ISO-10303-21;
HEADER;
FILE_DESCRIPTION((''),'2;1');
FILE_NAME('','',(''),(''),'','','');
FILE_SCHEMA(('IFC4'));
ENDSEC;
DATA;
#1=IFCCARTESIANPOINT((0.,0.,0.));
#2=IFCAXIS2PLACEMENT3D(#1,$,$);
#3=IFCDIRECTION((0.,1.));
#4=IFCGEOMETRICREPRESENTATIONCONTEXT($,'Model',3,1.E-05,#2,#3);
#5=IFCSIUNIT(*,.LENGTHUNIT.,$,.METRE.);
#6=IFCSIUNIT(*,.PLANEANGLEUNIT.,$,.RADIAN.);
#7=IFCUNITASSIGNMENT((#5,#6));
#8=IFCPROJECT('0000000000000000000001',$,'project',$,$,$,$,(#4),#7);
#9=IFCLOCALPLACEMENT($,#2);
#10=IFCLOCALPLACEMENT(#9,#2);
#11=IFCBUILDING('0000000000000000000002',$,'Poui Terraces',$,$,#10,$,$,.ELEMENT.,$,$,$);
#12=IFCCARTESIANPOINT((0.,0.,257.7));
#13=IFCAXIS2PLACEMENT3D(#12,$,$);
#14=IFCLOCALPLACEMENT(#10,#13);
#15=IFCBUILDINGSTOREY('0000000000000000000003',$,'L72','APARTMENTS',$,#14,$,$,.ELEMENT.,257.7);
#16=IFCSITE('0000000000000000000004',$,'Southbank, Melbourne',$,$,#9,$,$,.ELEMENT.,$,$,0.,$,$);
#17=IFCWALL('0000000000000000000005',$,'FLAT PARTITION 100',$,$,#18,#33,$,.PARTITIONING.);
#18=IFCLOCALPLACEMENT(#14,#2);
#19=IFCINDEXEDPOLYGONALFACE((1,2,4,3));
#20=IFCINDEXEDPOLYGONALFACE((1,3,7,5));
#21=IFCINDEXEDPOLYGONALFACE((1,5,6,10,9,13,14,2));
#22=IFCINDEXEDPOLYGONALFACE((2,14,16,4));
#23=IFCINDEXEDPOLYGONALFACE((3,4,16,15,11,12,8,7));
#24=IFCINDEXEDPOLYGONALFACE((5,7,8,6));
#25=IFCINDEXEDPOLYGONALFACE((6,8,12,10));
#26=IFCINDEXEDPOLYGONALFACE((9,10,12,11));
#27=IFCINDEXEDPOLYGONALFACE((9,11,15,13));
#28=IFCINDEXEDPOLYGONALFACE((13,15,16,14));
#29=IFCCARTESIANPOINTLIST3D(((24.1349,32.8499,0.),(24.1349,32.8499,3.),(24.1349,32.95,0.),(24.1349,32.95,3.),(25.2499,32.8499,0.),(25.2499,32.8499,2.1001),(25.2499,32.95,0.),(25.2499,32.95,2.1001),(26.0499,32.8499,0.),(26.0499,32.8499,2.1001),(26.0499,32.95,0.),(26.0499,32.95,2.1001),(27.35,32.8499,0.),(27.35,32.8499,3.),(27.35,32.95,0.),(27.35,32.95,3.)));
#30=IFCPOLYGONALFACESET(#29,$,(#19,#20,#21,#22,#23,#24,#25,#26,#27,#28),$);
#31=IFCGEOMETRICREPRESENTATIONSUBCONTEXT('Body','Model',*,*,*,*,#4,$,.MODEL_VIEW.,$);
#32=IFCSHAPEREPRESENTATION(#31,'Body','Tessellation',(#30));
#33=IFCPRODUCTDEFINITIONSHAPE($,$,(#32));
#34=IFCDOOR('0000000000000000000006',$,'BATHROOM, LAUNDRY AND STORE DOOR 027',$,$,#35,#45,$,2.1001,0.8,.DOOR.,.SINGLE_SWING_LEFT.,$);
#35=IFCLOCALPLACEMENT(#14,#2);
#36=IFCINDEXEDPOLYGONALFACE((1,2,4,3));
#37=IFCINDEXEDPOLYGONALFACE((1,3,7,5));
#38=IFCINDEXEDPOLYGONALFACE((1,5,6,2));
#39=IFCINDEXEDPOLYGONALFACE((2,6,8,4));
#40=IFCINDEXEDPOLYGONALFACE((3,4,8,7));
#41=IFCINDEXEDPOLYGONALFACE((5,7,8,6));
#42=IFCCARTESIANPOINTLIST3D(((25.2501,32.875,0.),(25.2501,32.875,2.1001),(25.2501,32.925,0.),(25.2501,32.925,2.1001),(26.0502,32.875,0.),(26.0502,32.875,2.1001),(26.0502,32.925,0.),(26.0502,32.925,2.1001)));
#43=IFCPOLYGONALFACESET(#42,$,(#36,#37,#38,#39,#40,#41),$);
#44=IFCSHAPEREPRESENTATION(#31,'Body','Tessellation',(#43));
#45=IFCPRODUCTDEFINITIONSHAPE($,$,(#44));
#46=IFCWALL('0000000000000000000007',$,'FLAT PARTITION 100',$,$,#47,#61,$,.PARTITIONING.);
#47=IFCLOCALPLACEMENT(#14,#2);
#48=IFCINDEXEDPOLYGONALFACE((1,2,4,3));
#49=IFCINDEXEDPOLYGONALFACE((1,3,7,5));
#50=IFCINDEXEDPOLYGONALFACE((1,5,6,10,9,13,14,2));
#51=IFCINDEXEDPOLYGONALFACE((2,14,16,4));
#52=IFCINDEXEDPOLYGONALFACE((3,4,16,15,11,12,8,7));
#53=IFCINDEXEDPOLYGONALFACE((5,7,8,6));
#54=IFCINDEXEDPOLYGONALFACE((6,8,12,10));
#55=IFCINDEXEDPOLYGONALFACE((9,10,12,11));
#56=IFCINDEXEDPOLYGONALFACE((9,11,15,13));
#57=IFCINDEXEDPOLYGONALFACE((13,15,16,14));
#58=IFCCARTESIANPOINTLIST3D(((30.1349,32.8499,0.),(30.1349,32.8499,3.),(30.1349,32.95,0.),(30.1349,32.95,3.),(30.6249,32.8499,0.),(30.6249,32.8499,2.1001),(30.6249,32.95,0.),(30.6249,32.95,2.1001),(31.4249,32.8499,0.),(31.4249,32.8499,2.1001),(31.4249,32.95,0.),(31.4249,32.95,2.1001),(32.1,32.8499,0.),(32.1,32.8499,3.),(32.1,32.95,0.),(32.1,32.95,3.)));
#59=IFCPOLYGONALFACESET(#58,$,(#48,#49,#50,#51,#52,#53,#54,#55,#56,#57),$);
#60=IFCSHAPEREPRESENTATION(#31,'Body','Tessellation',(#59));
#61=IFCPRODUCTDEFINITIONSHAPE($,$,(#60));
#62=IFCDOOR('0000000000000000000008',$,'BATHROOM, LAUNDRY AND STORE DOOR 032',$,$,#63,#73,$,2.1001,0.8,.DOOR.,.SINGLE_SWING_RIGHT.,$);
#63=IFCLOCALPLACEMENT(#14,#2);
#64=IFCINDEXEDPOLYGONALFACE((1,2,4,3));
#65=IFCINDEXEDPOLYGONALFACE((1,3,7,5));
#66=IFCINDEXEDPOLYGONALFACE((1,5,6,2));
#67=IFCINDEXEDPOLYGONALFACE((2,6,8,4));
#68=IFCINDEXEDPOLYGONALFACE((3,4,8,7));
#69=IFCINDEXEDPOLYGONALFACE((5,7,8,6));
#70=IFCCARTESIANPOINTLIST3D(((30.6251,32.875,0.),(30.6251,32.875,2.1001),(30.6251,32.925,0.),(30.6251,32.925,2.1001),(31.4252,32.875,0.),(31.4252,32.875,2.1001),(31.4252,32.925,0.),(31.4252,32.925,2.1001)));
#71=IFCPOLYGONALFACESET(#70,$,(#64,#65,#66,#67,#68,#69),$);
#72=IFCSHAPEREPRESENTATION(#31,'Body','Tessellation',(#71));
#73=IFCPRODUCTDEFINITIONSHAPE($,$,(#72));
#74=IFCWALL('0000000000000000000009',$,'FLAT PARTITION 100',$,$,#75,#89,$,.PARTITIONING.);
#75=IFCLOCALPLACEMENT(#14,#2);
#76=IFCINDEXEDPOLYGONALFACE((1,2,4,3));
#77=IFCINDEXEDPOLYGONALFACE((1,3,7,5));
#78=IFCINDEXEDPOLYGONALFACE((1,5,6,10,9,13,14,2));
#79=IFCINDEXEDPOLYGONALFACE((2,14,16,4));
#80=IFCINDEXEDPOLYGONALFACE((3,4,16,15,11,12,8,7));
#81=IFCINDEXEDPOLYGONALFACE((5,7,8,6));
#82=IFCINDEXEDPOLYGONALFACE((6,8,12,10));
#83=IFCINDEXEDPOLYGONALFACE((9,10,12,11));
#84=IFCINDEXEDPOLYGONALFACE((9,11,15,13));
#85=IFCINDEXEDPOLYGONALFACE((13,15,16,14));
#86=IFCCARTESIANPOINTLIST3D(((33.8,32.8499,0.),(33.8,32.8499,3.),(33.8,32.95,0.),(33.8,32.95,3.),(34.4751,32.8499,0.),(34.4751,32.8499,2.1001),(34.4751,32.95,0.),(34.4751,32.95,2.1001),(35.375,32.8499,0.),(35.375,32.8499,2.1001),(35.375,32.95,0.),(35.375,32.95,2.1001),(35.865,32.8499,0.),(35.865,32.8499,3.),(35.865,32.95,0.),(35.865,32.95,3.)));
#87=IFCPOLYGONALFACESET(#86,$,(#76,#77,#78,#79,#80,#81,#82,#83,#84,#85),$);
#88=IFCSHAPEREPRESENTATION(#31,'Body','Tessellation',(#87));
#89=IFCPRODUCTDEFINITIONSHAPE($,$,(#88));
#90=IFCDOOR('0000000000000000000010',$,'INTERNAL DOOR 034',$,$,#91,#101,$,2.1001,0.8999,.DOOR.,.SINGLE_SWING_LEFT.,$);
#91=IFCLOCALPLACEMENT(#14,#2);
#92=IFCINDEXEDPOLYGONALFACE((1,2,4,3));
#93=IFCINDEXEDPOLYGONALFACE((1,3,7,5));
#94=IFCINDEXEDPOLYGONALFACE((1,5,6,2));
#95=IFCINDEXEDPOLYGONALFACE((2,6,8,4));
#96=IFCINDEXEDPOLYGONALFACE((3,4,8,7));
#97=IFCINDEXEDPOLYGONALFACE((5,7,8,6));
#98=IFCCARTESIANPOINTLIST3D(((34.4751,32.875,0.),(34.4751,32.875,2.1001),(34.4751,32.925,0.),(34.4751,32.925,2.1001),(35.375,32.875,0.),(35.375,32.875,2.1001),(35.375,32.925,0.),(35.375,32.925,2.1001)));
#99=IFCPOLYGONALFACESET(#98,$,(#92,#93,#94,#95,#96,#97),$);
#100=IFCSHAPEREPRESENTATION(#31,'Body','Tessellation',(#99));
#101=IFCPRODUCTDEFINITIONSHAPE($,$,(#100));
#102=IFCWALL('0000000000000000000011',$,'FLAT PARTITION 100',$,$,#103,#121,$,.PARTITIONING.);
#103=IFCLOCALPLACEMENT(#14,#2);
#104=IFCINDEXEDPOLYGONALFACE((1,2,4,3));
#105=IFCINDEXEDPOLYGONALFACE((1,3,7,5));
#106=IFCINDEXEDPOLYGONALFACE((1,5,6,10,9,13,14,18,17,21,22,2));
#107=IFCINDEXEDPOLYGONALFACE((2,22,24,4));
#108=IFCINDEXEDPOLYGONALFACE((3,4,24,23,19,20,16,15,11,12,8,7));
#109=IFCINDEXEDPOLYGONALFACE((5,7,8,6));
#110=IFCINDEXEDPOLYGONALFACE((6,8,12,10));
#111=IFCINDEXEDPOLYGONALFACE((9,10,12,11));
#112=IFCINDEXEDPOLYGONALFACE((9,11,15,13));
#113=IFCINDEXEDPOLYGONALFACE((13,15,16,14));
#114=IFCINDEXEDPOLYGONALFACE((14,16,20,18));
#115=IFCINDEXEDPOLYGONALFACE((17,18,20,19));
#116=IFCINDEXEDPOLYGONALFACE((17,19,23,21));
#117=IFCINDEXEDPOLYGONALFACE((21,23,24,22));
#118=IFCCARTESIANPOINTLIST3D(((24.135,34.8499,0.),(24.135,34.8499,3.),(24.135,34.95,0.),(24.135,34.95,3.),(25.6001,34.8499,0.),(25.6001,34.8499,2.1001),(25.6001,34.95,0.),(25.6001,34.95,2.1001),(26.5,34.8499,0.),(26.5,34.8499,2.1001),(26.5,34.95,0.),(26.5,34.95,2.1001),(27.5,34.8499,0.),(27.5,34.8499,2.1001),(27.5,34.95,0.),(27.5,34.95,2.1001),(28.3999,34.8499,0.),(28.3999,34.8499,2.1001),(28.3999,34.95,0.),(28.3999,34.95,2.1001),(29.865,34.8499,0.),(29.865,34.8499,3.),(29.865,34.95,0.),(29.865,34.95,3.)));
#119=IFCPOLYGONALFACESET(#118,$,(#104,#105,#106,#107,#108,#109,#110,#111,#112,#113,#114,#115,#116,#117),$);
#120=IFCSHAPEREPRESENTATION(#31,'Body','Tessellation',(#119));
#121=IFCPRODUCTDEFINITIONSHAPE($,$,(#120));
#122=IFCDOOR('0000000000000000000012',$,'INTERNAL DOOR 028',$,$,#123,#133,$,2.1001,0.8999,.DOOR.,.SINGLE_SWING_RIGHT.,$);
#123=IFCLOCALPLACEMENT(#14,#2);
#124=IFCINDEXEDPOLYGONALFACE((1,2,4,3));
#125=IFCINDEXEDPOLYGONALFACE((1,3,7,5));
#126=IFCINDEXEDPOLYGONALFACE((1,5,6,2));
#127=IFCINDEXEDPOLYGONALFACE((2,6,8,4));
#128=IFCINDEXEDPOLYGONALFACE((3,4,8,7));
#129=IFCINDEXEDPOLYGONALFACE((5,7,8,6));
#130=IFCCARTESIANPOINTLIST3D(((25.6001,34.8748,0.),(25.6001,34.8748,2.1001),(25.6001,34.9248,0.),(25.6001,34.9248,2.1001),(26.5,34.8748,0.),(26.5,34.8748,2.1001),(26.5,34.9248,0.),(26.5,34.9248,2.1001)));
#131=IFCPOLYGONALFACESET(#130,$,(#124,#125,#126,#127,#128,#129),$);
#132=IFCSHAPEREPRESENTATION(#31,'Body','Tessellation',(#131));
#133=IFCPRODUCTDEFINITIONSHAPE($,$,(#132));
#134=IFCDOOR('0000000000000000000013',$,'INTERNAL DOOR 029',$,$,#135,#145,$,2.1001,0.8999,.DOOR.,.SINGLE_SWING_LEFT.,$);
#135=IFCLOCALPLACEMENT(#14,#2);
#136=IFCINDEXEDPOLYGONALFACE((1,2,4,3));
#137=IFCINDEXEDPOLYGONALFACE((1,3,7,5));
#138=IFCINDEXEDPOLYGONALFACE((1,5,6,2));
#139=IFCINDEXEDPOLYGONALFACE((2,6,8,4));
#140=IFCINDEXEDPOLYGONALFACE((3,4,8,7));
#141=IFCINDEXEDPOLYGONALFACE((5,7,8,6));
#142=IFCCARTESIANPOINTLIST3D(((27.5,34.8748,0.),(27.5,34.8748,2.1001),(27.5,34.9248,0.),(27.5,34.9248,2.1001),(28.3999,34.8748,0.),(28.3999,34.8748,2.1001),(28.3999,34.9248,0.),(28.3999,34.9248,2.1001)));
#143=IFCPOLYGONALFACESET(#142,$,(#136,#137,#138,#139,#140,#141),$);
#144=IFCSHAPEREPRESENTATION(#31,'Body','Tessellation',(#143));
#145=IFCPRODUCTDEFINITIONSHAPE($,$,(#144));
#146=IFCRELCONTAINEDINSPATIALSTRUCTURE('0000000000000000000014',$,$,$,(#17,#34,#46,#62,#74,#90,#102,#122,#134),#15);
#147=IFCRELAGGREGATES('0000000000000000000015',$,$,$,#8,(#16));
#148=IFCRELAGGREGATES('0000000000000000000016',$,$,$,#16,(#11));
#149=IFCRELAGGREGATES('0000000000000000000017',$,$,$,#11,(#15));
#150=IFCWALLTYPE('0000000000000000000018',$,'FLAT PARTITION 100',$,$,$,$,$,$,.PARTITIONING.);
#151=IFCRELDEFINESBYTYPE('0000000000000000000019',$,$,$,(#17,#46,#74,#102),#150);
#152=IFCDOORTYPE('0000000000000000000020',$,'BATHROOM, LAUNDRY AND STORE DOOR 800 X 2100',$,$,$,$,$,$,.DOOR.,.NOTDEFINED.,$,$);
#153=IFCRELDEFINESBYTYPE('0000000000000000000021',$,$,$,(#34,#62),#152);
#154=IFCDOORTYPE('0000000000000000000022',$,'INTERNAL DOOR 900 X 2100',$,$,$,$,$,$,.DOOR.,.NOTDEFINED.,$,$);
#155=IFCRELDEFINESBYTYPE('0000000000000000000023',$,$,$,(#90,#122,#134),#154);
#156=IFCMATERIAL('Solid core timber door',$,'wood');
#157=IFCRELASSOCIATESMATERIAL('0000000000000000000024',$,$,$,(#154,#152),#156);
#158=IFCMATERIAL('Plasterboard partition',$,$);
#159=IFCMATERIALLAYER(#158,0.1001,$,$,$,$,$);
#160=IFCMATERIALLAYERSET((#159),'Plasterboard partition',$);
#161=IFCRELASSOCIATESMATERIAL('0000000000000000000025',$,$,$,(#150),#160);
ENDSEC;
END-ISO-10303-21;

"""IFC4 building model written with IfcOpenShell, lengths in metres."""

from ifc_helpers import new_model, si_unit, direction, frame, frame_2d, origin, place, context, subcontext, project, spatial, rectangle, extrude, material, layer, layer_set, type_object, element, fill, save


model = new_model("IFC4")

# Units and contexts
model_context = context("Model", 3, precision=1e-05, world=origin(), true_north=direction((0.0, 1.0)))
body_context = subcontext(model_context, "Body", "Model", "MODEL_VIEW")
ifc_project = project(units=[si_unit("LENGTHUNIT", "METRE"), si_unit("PLANEANGLEUNIT", "RADIAN")], contexts=[model_context])

# Site, building, storey
site_placement = place(None, origin())
site = spatial("IfcSite", under=ifc_project, at=site_placement, Name="Southbank, Melbourne", CompositionType="ELEMENT", RefElevation=0.0)
building_placement = place(site_placement, origin())
building = spatial("IfcBuilding", under=site, at=building_placement, Name="Poui Terraces", CompositionType="ELEMENT")
storey_placement = place(building_placement, frame((0.0, 0.0, 257.7)))
storey = spatial("IfcBuildingStorey", under=building, at=storey_placement, Name="L72", Description="APARTMENTS", CompositionType="ELEMENT", Elevation=257.7)

# Walls, openings, doors
ifc_material_1 = material(Name="Solid core timber door", Category="wood")
door_type_1 = type_object("IfcDoorType", Name="INTERNAL DOOR 900 X 2100", OperationType="NOTDEFINED", PredefinedType="DOOR", material=ifc_material_1)
ifc_material_2 = material(Name="Plasterboard partition")
ifc_layer_1 = layer(ifc_material_2, 0.1001)
ifc_layer_set_1 = layer_set([ifc_layer_1], Name="Plasterboard partition")
wall_type_1 = type_object("IfcWallType", Name="FLAT PARTITION 100", PredefinedType="PARTITIONING", material=ifc_layer_set_1)
wall_1_placement = place(storey_placement, frame((24.135, 32.8999, 0.0), z_axis=(0.0, 0.0, 1.0), x_axis=(1.0, 0.0, 0.0)))
wall_1 = element("IfcWall", 1, at=wall_1_placement, inside=storey, type_object=wall_type_1, Name="FLAT PARTITION 100", PredefinedType="PARTITIONING", context=body_context, shape_type="SweptSolid", body=[
    extrude(rectangle(XDim=3.2151, YDim=0.1001, at=frame_2d((1.6074, 0.0))), origin(), (0.0, 0.0, 1.0), 3.0),
])
opening_1_placement = place(wall_1_placement, frame((1.115, 0.0, 0.0)))
opening_1 = element("IfcOpeningElement", 2, at=opening_1_placement, cuts=wall_1, PredefinedType="OPENING", context=body_context, shape_type="SweptSolid", body=[
    extrude(rectangle(XDim=0.8, YDim=2.1001, at=frame_2d((0.3999, 1.05))), frame((0.0, 0.0601, 0.0), z_axis=(0.0, -1.0, 0.0), x_axis=(1.0, 0.0, 0.0)), (0.0, 0.0, 1.0), 0.1201),
])
door_type_2 = type_object("IfcDoorType", Name="BATHROOM, LAUNDRY AND STORE DOOR 800 X 2100", OperationType="NOTDEFINED", PredefinedType="DOOR", material=ifc_material_1)
door_1_placement = place(opening_1_placement, frame((0.8, 0.0, 0.0), z_axis=(0.0, 0.0, 1.0), x_axis=(-1.0, 0.0, 0.0)))
door_1 = element("IfcDoor", 3, at=door_1_placement, inside=storey, type_object=door_type_2, Name="BATHROOM, LAUNDRY AND STORE DOOR 027", OperationType="SINGLE_SWING_LEFT", OverallHeight=2.1001, OverallWidth=0.8, PredefinedType="DOOR", context=body_context, shape_type="SweptSolid", body=[
    extrude(rectangle(XDim=0.8, YDim=2.1001, at=frame_2d((0.3999, 1.05))), frame((0.0, 0.0249, 0.0), z_axis=(0.0, -1.0, 0.0), x_axis=(1.0, 0.0, 0.0)), (0.0, 0.0, 1.0), 0.05),
])
fill(opening_1, door_1)
wall_2_placement = place(storey_placement, frame((30.135, 32.8999, 0.0), z_axis=(0.0, 0.0, 1.0), x_axis=(1.0, 0.0, 0.0)))
wall_2 = element("IfcWall", 4, at=wall_2_placement, inside=storey, type_object=wall_type_1, Name="FLAT PARTITION 100", PredefinedType="PARTITIONING", context=body_context, shape_type="SweptSolid", body=[
    extrude(rectangle(XDim=1.9651, YDim=0.1001, at=frame_2d((0.9824, 0.0))), origin(), (0.0, 0.0, 1.0), 3.0),
])
opening_2_placement = place(wall_2_placement, frame((0.49, 0.0, 0.0)))
opening_2 = element("IfcOpeningElement", 5, at=opening_2_placement, cuts=wall_2, PredefinedType="OPENING", context=body_context, shape_type="SweptSolid", body=[
    extrude(rectangle(XDim=0.8, YDim=2.1001, at=frame_2d((0.3999, 1.05))), frame((0.0, 0.0601, 0.0), z_axis=(0.0, -1.0, 0.0), x_axis=(1.0, 0.0, 0.0)), (0.0, 0.0, 1.0), 0.1201),
])
door_2_placement = place(opening_2_placement, frame((0.8, 0.0, 0.0), z_axis=(0.0, 0.0, 1.0), x_axis=(-1.0, 0.0, 0.0)))
door_2 = element("IfcDoor", 6, at=door_2_placement, inside=storey, type_object=door_type_2, Name="BATHROOM, LAUNDRY AND STORE DOOR 032", OperationType="SINGLE_SWING_RIGHT", OverallHeight=2.1001, OverallWidth=0.8, PredefinedType="DOOR", context=body_context, shape_type="SweptSolid", body=[
    extrude(rectangle(XDim=0.8, YDim=2.1001, at=frame_2d((0.3999, 1.05))), frame((0.0, 0.0249, 0.0), z_axis=(0.0, -1.0, 0.0), x_axis=(1.0, 0.0, 0.0)), (0.0, 0.0, 1.0), 0.05),
])
fill(opening_2, door_2)
wall_3_placement = place(storey_placement, frame((33.8, 32.8999, 0.0), z_axis=(0.0, 0.0, 1.0), x_axis=(1.0, 0.0, 0.0)))
wall_3 = element("IfcWall", 7, at=wall_3_placement, inside=storey, type_object=wall_type_1, Name="FLAT PARTITION 100", PredefinedType="PARTITIONING", context=body_context, shape_type="SweptSolid", body=[
    extrude(rectangle(XDim=2.0649, YDim=0.1001, at=frame_2d((1.0325, 0.0))), origin(), (0.0, 0.0, 1.0), 3.0),
])
opening_3_placement = place(wall_3_placement, frame((0.675, 0.0, 0.0)))
opening_3 = element("IfcOpeningElement", 8, at=opening_3_placement, cuts=wall_3, PredefinedType="OPENING", context=body_context, shape_type="SweptSolid", body=[
    extrude(rectangle(XDim=0.8999, YDim=2.1001, at=frame_2d((0.45, 1.05))), frame((0.0, 0.0601, 0.0), z_axis=(0.0, -1.0, 0.0), x_axis=(1.0, 0.0, 0.0)), (0.0, 0.0, 1.0), 0.1201),
])
door_3_placement = place(opening_3_placement, frame((0.8999, 0.0, 0.0), z_axis=(0.0, 0.0, 1.0), x_axis=(-1.0, 0.0, 0.0)))
door_3 = element("IfcDoor", 9, at=door_3_placement, inside=storey, type_object=door_type_1, Name="INTERNAL DOOR 034", OperationType="SINGLE_SWING_LEFT", OverallHeight=2.1001, OverallWidth=0.8999, PredefinedType="DOOR", context=body_context, shape_type="SweptSolid", body=[
    extrude(rectangle(XDim=0.8999, YDim=2.1001, at=frame_2d((0.45, 1.05))), frame((0.0, 0.0249, 0.0), z_axis=(0.0, -1.0, 0.0), x_axis=(1.0, 0.0, 0.0)), (0.0, 0.0, 1.0), 0.05),
])
fill(opening_3, door_3)

# Wall, openings, doors
wall_4_placement = place(storey_placement, frame((24.135, 34.8999, 0.0), z_axis=(0.0, 0.0, 1.0), x_axis=(1.0, 0.0, 0.0)))
wall_4 = element("IfcWall", 10, at=wall_4_placement, inside=storey, type_object=wall_type_1, Name="FLAT PARTITION 100", PredefinedType="PARTITIONING", context=body_context, shape_type="SweptSolid", body=[
    extrude(rectangle(XDim=5.73, YDim=0.1001, at=frame_2d((2.865, 0.0))), origin(), (0.0, 0.0, 1.0), 3.0),
])
opening_4_placement = place(wall_4_placement, frame((1.4651, 0.0, 0.0)))
opening_4 = element("IfcOpeningElement", 11, at=opening_4_placement, cuts=wall_4, PredefinedType="OPENING", context=body_context, shape_type="SweptSolid", body=[
    extrude(rectangle(XDim=0.8999, YDim=2.1001, at=frame_2d((0.45, 1.05))), frame((0.0, 0.0601, 0.0), z_axis=(0.0, -1.0, 0.0), x_axis=(1.0, 0.0, 0.0)), (0.0, 0.0, 1.0), 0.1201),
])
opening_5_placement = place(wall_4_placement, frame((3.365, 0.0, 0.0)))
opening_5 = element("IfcOpeningElement", 12, at=opening_5_placement, cuts=wall_4, PredefinedType="OPENING", context=body_context, shape_type="SweptSolid", body=[
    extrude(rectangle(XDim=0.8999, YDim=2.1001, at=frame_2d((0.45, 1.05))), frame((0.0, 0.0601, 0.0), z_axis=(0.0, -1.0, 0.0), x_axis=(1.0, 0.0, 0.0)), (0.0, 0.0, 1.0), 0.1201),
])
door_4_placement = place(opening_4_placement, origin())
door_4 = element("IfcDoor", 13, at=door_4_placement, inside=storey, type_object=door_type_1, Name="INTERNAL DOOR 028", OperationType="SINGLE_SWING_RIGHT", OverallHeight=2.1001, OverallWidth=0.8999, PredefinedType="DOOR", context=body_context, shape_type="SweptSolid", body=[
    extrude(rectangle(XDim=0.8999, YDim=2.1001, at=frame_2d((0.45, 1.05))), frame((0.0, 0.0249, 0.0), z_axis=(0.0, -1.0, 0.0), x_axis=(1.0, 0.0, 0.0)), (0.0, 0.0, 1.0), 0.05),
])
fill(opening_4, door_4)
door_5_placement = place(opening_5_placement, origin())
door_5 = element("IfcDoor", 14, at=door_5_placement, inside=storey, type_object=door_type_1, Name="INTERNAL DOOR 029", OperationType="SINGLE_SWING_LEFT", OverallHeight=2.1001, OverallWidth=0.8999, PredefinedType="DOOR", context=body_context, shape_type="SweptSolid", body=[
    extrude(rectangle(XDim=0.8999, YDim=2.1001, at=frame_2d((0.45, 1.05))), frame((0.0, 0.0249, 0.0), z_axis=(0.0, -1.0, 0.0), x_axis=(1.0, 0.0, 0.0)), (0.0, 0.0, 1.0), 0.05),
])
fill(opening_5, door_5)

save(model, "model.ifc")
